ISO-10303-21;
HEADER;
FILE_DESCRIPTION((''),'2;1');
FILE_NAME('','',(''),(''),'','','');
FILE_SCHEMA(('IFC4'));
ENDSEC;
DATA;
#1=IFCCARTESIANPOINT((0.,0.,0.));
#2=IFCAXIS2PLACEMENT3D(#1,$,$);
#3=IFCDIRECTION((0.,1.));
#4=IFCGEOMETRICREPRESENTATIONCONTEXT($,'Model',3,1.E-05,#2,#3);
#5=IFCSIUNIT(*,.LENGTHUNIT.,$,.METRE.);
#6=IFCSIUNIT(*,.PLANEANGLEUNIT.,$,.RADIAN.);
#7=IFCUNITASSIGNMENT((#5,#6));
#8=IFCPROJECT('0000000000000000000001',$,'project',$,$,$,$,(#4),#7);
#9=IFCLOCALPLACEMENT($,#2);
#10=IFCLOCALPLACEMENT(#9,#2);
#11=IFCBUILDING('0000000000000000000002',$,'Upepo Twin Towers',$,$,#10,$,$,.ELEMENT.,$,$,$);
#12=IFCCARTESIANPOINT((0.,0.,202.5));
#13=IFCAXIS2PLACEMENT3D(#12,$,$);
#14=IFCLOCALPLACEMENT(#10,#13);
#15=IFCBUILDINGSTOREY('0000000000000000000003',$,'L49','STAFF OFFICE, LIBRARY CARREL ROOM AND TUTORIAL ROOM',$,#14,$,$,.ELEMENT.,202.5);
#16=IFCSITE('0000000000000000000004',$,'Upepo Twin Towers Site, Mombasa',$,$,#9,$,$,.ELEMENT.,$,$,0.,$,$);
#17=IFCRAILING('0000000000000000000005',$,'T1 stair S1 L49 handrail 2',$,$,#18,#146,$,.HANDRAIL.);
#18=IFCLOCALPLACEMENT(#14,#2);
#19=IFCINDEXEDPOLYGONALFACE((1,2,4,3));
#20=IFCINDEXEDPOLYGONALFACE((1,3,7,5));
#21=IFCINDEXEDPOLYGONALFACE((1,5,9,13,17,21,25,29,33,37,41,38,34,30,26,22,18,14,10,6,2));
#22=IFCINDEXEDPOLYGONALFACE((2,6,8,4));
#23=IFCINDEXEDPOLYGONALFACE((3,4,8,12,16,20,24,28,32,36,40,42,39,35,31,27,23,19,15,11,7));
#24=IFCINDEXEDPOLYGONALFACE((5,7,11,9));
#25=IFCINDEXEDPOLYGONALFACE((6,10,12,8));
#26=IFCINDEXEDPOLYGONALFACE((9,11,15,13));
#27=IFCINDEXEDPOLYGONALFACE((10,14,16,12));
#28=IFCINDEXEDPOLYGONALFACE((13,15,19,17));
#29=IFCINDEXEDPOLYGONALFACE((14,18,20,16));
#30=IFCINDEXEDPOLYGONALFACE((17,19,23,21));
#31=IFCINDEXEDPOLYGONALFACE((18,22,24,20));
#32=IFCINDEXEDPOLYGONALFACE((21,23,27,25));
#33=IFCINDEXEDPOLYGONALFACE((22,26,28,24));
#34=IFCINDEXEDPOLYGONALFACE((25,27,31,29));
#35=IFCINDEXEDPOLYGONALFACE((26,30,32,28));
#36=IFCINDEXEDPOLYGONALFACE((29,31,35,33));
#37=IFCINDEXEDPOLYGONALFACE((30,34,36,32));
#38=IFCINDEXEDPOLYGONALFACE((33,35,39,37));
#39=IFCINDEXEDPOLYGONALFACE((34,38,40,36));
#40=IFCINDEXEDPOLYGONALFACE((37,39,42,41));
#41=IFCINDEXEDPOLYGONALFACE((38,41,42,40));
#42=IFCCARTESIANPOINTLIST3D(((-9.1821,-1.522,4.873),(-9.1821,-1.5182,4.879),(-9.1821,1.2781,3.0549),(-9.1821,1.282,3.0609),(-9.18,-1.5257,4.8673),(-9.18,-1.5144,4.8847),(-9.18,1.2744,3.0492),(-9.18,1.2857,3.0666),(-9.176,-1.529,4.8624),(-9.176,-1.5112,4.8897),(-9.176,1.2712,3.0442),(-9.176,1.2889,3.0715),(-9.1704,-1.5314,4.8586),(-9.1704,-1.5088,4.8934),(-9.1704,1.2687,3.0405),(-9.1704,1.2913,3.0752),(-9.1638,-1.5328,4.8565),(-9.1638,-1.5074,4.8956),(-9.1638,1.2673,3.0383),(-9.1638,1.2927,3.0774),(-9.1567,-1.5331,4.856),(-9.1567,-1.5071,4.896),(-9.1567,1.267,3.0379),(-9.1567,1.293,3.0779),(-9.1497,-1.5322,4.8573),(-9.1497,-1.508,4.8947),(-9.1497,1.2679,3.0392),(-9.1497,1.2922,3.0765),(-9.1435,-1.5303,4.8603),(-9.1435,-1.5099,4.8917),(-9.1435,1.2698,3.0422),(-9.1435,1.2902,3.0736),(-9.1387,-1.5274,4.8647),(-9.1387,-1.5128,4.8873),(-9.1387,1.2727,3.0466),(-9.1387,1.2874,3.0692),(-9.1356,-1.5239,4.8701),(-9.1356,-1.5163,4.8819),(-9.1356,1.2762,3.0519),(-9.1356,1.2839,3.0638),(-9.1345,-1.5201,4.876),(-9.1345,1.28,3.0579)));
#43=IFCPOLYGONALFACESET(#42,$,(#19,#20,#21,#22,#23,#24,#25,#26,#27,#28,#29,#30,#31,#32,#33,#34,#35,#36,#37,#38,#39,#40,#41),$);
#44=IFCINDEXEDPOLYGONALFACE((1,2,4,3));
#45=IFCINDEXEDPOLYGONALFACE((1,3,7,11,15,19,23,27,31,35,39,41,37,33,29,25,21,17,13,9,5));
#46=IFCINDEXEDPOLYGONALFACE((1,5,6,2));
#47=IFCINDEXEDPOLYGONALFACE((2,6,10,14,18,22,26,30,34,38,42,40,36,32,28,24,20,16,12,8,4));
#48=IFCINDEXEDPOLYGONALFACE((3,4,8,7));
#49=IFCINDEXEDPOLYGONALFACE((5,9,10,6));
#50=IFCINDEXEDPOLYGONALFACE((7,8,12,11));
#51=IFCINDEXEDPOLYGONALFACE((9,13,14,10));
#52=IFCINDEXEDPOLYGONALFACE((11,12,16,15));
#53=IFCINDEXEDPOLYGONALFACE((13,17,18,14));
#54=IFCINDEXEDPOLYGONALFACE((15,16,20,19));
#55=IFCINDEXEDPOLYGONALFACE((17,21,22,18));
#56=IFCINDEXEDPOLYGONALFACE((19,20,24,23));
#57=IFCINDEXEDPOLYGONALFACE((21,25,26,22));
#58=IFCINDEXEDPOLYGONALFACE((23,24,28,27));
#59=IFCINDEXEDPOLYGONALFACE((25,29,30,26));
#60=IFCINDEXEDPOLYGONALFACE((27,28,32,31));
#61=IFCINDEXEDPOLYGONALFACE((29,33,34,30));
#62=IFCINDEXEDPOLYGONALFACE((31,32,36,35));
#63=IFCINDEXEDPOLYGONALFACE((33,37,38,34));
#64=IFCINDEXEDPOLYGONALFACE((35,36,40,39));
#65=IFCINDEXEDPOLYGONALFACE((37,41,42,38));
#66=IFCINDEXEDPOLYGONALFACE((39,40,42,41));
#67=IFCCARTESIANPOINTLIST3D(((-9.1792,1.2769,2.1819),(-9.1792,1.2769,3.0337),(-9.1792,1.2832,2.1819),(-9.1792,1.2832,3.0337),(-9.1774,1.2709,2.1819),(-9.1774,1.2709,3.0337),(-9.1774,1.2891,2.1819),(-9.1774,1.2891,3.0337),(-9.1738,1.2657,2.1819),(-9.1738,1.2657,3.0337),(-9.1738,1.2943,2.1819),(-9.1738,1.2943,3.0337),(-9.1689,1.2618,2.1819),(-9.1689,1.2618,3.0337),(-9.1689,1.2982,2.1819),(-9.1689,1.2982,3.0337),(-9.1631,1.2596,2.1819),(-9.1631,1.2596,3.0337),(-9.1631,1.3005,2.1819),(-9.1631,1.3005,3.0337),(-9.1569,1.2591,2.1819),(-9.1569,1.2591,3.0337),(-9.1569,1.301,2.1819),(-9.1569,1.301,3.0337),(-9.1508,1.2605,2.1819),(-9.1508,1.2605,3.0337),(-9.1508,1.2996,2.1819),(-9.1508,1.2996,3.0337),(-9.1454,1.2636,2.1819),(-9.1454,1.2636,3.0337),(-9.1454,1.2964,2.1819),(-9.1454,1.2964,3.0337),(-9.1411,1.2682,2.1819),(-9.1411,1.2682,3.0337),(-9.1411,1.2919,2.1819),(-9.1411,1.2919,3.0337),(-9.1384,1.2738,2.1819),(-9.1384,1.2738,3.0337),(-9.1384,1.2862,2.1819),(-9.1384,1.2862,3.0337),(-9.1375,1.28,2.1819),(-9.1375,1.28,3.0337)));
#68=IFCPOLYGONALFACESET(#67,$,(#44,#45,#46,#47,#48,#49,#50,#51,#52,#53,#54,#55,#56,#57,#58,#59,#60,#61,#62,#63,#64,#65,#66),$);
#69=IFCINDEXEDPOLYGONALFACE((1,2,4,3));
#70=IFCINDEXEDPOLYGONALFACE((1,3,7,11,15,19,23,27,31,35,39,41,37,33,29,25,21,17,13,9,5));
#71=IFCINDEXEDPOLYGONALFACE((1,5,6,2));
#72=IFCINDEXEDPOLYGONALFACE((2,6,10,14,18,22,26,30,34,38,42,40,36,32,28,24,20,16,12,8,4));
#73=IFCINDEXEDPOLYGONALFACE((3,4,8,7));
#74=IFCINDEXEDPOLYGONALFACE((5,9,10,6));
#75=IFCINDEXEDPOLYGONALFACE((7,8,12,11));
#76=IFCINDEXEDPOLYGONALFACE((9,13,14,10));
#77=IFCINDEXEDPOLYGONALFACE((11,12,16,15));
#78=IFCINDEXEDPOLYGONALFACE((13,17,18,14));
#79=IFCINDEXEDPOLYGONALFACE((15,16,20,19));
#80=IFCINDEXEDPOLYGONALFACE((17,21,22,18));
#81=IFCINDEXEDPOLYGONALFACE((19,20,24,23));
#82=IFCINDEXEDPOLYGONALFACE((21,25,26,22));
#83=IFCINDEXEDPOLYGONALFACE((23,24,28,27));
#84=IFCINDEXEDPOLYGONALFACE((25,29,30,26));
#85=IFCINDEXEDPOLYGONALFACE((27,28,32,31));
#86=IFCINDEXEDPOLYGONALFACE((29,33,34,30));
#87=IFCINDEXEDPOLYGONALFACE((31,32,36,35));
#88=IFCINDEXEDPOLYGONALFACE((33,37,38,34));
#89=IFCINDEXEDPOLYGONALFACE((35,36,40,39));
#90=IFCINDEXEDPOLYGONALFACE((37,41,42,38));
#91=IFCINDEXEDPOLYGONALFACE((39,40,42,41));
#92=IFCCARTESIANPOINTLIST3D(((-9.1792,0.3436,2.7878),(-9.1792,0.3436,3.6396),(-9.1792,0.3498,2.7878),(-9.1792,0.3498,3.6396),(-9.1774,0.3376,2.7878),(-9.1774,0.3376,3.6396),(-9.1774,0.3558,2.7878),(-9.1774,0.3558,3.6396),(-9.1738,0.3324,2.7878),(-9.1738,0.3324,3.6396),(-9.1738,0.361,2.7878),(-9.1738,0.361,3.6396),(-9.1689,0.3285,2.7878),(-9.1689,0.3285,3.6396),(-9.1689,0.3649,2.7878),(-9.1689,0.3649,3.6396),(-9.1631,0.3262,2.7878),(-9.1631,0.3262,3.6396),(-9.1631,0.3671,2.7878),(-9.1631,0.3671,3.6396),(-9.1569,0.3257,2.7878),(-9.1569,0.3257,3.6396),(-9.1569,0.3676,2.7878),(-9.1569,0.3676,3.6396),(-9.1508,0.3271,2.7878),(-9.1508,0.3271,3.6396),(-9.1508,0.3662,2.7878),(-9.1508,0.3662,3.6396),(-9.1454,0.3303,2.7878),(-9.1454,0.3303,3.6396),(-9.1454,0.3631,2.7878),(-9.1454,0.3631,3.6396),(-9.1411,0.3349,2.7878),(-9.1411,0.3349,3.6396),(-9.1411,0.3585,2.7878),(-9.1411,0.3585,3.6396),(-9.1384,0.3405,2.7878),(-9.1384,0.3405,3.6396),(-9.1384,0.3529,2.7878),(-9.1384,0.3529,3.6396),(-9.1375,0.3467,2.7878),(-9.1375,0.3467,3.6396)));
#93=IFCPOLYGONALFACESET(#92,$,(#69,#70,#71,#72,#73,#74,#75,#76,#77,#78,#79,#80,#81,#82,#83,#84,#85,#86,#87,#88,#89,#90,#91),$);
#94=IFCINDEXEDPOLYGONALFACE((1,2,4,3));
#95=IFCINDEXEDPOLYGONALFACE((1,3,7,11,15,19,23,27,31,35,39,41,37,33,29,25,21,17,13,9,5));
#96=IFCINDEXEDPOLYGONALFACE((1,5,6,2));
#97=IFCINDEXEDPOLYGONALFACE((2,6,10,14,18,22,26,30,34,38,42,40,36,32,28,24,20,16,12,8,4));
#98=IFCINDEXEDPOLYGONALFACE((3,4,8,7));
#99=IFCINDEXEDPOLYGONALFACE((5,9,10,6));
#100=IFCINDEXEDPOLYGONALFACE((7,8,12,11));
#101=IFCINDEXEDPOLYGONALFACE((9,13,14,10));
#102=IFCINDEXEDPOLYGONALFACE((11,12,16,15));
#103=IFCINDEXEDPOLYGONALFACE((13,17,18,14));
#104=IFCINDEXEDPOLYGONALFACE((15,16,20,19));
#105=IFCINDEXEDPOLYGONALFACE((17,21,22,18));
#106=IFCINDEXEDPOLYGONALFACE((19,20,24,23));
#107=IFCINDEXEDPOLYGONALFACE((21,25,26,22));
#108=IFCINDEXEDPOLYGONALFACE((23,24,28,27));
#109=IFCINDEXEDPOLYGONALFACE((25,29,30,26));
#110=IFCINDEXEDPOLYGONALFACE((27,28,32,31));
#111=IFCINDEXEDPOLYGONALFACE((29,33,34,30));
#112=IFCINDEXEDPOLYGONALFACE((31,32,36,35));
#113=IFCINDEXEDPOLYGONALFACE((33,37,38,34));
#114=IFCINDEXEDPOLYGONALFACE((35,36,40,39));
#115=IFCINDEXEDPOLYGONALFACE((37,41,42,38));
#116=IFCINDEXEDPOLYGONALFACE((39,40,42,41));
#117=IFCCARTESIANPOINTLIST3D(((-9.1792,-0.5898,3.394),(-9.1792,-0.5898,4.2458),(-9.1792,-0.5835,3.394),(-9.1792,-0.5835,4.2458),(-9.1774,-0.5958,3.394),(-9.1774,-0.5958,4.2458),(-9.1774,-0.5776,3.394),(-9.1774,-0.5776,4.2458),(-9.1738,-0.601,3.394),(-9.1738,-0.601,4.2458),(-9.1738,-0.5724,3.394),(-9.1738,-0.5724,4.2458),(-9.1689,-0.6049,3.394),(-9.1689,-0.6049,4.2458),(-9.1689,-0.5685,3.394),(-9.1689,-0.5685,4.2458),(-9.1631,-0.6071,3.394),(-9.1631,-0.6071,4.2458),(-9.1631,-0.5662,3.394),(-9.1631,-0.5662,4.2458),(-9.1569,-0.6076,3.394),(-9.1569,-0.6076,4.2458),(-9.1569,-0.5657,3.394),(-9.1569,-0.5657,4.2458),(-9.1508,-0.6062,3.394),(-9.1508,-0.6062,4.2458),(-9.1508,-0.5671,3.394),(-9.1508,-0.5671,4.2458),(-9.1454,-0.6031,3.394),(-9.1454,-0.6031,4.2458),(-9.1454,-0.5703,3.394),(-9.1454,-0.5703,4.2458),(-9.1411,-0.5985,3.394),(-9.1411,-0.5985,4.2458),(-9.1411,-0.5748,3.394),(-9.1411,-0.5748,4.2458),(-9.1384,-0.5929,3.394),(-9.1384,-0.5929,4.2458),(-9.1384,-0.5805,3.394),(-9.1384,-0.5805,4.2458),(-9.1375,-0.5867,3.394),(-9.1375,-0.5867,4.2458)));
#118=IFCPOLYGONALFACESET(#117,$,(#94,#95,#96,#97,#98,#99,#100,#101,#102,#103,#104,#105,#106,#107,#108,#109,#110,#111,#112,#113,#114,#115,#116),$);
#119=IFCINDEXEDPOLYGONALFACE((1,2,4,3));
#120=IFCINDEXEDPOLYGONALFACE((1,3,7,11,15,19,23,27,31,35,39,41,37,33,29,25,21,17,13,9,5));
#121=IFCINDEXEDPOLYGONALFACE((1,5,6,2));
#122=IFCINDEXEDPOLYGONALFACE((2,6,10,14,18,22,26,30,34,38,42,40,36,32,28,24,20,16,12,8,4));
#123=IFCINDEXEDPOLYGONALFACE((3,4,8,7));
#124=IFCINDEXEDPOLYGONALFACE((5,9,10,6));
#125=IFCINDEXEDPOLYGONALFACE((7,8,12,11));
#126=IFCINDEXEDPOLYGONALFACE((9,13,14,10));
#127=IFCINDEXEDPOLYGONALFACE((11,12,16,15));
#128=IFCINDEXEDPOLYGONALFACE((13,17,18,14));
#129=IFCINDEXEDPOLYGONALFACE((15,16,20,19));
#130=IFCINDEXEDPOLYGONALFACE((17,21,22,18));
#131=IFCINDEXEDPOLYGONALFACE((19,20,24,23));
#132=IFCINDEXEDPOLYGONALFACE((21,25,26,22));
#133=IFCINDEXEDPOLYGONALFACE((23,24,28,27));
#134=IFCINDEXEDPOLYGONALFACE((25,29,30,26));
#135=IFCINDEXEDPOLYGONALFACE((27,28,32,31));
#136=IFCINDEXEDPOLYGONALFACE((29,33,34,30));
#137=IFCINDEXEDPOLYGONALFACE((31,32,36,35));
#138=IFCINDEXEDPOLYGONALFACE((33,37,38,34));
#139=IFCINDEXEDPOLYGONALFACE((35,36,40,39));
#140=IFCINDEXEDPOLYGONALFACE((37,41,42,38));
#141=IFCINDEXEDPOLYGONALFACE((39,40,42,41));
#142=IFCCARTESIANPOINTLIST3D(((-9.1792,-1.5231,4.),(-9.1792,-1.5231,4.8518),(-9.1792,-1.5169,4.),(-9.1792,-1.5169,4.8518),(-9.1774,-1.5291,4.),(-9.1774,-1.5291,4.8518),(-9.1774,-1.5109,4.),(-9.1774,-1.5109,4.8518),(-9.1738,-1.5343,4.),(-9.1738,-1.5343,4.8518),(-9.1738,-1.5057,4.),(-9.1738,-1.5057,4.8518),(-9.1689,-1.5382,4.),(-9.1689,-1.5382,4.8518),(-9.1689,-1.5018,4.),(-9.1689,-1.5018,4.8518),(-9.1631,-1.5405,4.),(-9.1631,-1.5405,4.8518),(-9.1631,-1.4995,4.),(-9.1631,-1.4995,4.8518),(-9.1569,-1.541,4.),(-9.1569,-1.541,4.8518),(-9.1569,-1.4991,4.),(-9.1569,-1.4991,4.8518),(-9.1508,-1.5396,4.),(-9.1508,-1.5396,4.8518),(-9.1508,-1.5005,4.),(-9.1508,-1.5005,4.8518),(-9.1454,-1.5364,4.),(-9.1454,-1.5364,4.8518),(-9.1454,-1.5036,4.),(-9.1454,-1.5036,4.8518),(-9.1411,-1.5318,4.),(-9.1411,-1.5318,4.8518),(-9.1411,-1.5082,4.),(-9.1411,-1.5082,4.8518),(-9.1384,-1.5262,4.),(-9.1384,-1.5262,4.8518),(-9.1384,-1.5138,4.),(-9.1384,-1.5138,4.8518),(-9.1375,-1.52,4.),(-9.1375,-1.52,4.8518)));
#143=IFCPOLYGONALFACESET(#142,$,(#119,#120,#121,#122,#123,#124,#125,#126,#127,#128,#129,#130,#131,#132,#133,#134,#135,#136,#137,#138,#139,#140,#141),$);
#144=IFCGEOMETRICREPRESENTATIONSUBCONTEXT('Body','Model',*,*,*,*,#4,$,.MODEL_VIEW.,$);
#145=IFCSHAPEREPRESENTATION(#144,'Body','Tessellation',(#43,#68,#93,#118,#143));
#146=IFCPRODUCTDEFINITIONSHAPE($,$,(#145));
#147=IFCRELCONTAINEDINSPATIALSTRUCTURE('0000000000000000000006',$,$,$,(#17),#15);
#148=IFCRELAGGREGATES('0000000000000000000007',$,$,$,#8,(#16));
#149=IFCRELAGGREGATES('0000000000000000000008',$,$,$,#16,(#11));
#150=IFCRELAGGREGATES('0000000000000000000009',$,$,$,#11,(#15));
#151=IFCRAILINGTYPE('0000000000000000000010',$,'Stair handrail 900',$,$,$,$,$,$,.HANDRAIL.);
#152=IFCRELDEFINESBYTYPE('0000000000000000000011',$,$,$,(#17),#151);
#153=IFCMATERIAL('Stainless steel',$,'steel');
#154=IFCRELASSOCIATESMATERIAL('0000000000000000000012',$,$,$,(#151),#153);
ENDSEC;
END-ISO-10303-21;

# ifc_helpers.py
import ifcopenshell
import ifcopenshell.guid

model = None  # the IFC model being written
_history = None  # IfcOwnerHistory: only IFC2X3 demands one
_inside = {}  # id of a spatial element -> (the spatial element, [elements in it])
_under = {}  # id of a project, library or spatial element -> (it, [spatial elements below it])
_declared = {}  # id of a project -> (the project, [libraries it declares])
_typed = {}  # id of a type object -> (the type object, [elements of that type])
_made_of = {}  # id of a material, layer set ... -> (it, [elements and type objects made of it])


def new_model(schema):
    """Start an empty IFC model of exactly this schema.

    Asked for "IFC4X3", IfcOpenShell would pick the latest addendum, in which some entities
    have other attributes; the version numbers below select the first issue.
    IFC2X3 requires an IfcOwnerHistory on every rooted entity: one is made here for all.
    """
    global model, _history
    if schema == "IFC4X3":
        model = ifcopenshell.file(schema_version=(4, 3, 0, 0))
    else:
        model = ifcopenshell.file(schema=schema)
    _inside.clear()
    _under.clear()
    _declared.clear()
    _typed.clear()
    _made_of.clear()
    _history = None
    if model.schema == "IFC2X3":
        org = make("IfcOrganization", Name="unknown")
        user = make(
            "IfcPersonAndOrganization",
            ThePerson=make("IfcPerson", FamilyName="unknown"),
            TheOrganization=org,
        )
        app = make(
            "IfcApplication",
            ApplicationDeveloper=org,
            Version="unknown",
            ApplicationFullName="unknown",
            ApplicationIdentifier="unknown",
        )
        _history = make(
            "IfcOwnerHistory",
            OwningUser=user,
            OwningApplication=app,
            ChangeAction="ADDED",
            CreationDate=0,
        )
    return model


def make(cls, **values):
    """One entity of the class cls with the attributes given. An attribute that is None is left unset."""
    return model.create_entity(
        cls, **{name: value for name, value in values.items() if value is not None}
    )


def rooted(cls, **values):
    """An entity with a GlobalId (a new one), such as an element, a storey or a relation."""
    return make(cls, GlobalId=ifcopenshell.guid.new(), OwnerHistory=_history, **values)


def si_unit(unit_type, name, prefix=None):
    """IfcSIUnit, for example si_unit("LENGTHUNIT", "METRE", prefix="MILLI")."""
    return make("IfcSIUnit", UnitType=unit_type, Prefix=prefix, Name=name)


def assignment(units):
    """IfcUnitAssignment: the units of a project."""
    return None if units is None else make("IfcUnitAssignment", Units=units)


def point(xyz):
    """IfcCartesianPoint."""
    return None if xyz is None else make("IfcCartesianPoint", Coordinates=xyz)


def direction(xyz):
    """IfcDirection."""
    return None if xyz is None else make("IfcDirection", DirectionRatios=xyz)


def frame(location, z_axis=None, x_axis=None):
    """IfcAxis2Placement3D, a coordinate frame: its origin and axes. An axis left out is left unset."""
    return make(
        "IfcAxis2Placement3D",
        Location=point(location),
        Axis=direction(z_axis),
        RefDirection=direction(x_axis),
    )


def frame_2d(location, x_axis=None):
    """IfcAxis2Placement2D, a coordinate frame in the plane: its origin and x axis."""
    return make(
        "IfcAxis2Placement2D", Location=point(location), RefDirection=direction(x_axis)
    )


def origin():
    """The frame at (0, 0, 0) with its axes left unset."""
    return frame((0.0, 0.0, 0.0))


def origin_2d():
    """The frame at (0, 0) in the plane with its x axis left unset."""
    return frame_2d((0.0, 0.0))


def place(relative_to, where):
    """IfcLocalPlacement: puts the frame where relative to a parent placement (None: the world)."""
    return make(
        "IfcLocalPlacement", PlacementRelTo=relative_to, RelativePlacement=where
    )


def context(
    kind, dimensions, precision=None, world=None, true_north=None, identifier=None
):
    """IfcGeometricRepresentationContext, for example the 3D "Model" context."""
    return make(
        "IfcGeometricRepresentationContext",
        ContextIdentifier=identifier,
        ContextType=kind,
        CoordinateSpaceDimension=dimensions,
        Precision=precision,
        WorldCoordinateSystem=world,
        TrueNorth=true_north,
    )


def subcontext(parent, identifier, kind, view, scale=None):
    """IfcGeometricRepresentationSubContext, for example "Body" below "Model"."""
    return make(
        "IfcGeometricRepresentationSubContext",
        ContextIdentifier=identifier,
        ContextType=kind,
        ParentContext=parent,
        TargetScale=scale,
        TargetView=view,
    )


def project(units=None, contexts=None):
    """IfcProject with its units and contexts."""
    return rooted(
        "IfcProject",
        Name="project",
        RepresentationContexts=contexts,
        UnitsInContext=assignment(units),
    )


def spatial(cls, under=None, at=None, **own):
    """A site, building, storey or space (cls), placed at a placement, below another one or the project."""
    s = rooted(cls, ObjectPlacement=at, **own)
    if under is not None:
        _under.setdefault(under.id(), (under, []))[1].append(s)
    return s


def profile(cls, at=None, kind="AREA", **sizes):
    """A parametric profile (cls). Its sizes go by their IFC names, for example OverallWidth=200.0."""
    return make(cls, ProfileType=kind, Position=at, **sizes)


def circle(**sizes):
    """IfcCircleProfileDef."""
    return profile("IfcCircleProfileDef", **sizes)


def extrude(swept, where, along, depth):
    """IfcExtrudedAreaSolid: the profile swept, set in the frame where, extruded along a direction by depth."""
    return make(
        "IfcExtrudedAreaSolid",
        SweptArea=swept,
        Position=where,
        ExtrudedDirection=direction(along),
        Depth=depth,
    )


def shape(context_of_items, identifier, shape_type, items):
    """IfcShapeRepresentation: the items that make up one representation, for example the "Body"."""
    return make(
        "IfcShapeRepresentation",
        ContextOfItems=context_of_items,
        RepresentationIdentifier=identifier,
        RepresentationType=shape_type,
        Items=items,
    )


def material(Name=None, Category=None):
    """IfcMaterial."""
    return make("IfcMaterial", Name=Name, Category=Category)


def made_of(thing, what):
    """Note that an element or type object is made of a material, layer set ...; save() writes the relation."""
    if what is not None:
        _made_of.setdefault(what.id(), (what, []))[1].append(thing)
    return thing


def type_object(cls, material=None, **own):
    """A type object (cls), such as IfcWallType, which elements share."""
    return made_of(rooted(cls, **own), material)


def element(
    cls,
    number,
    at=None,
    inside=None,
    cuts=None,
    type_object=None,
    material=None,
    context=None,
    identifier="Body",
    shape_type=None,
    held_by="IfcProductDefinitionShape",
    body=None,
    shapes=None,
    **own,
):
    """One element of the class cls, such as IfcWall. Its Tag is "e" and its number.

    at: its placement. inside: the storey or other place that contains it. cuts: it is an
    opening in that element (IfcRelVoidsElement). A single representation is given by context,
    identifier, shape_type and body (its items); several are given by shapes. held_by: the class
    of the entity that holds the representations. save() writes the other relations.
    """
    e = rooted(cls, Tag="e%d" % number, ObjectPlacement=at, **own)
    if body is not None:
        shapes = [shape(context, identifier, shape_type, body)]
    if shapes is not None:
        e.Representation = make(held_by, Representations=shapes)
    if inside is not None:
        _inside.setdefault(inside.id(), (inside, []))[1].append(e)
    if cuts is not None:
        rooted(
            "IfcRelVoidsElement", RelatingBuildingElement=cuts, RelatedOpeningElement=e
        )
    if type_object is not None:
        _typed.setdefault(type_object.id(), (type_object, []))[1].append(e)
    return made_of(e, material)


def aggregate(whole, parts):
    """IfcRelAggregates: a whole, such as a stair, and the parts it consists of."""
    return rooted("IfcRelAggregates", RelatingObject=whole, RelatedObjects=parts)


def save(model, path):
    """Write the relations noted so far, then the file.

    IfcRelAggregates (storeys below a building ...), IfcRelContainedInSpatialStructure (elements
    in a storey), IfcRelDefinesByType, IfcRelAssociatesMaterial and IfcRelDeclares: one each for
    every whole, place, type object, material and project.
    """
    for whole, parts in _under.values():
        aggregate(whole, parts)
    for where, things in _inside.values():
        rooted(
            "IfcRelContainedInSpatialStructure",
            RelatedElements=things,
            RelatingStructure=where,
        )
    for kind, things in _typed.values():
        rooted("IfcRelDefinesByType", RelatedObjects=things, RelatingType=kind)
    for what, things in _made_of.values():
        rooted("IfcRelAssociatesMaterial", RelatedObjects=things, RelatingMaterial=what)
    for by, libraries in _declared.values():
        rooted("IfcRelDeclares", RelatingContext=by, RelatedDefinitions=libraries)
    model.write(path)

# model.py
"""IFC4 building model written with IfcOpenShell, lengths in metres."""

from ifc_helpers import new_model, si_unit, direction, frame, origin, origin_2d, place, context, subcontext, project, spatial, circle, extrude, material, type_object, element, save


model = new_model("IFC4")

# Units and contexts
model_context = context("Model", 3, precision=1e-05, world=origin(), true_north=direction((0.0, 1.0)))
body_context = subcontext(model_context, "Body", "Model", "MODEL_VIEW")
ifc_project = project(units=[si_unit("LENGTHUNIT", "METRE"), si_unit("PLANEANGLEUNIT", "RADIAN")], contexts=[model_context])

# Site, building, storey
site_placement = place(None, origin())
site = spatial("IfcSite", under=ifc_project, at=site_placement, Name="Upepo Twin Towers Site, Mombasa", CompositionType="ELEMENT", RefElevation=0.0)
building_placement = place(site_placement, origin())
building = spatial("IfcBuilding", under=site, at=building_placement, Name="Upepo Twin Towers", CompositionType="ELEMENT")
storey_placement = place(building_placement, frame((0.0, 0.0, 202.5)))
storey = spatial("IfcBuildingStorey", under=building, at=storey_placement, Name="L49", Description="STAFF OFFICE, LIBRARY CARREL ROOM AND TUTORIAL ROOM", CompositionType="ELEMENT", Elevation=202.5)

# Railing
ifc_material_1 = material(Name="Stainless steel", Category="steel")
railing_type = type_object("IfcRailingType", Name="Stair handrail 900", PredefinedType="HANDRAIL", material=ifc_material_1)
railing_1_placement = place(storey_placement, frame((-9.1584, 1.28, 2.1819)))
element("IfcRailing", 1, at=railing_1_placement, inside=storey, type_object=railing_type, Name="T1 stair S1 L49 handrail 2", PredefinedType="HANDRAIL", context=body_context, shape_type="SweptSolid", body=[
    extrude(circle(Radius=0.0239, at=origin_2d()), frame((0.0, 0.0, 0.876), z_axis=(0.0, -0.838706, 0.544585), x_axis=(1.0, 0.0, 0.0)), (0.0, 0.0, 1.0), 3.3386),
    extrude(circle(Radius=0.021, at=origin_2d()), origin(), (0.0, 0.0, 1.0), 0.8518),
    extrude(circle(Radius=0.021, at=origin_2d()), frame((0.0, -0.9333, 0.606)), (0.0, 0.0, 1.0), 0.8518),
    extrude(circle(Radius=0.021, at=origin_2d()), frame((0.0, -1.8667, 1.2122)), (0.0, 0.0, 1.0), 0.8518),
    extrude(circle(Radius=0.021, at=origin_2d()), frame((0.0, -2.8, 1.8181)), (0.0, 0.0, 1.0), 0.8518),
])

save(model, "model.ifc")
